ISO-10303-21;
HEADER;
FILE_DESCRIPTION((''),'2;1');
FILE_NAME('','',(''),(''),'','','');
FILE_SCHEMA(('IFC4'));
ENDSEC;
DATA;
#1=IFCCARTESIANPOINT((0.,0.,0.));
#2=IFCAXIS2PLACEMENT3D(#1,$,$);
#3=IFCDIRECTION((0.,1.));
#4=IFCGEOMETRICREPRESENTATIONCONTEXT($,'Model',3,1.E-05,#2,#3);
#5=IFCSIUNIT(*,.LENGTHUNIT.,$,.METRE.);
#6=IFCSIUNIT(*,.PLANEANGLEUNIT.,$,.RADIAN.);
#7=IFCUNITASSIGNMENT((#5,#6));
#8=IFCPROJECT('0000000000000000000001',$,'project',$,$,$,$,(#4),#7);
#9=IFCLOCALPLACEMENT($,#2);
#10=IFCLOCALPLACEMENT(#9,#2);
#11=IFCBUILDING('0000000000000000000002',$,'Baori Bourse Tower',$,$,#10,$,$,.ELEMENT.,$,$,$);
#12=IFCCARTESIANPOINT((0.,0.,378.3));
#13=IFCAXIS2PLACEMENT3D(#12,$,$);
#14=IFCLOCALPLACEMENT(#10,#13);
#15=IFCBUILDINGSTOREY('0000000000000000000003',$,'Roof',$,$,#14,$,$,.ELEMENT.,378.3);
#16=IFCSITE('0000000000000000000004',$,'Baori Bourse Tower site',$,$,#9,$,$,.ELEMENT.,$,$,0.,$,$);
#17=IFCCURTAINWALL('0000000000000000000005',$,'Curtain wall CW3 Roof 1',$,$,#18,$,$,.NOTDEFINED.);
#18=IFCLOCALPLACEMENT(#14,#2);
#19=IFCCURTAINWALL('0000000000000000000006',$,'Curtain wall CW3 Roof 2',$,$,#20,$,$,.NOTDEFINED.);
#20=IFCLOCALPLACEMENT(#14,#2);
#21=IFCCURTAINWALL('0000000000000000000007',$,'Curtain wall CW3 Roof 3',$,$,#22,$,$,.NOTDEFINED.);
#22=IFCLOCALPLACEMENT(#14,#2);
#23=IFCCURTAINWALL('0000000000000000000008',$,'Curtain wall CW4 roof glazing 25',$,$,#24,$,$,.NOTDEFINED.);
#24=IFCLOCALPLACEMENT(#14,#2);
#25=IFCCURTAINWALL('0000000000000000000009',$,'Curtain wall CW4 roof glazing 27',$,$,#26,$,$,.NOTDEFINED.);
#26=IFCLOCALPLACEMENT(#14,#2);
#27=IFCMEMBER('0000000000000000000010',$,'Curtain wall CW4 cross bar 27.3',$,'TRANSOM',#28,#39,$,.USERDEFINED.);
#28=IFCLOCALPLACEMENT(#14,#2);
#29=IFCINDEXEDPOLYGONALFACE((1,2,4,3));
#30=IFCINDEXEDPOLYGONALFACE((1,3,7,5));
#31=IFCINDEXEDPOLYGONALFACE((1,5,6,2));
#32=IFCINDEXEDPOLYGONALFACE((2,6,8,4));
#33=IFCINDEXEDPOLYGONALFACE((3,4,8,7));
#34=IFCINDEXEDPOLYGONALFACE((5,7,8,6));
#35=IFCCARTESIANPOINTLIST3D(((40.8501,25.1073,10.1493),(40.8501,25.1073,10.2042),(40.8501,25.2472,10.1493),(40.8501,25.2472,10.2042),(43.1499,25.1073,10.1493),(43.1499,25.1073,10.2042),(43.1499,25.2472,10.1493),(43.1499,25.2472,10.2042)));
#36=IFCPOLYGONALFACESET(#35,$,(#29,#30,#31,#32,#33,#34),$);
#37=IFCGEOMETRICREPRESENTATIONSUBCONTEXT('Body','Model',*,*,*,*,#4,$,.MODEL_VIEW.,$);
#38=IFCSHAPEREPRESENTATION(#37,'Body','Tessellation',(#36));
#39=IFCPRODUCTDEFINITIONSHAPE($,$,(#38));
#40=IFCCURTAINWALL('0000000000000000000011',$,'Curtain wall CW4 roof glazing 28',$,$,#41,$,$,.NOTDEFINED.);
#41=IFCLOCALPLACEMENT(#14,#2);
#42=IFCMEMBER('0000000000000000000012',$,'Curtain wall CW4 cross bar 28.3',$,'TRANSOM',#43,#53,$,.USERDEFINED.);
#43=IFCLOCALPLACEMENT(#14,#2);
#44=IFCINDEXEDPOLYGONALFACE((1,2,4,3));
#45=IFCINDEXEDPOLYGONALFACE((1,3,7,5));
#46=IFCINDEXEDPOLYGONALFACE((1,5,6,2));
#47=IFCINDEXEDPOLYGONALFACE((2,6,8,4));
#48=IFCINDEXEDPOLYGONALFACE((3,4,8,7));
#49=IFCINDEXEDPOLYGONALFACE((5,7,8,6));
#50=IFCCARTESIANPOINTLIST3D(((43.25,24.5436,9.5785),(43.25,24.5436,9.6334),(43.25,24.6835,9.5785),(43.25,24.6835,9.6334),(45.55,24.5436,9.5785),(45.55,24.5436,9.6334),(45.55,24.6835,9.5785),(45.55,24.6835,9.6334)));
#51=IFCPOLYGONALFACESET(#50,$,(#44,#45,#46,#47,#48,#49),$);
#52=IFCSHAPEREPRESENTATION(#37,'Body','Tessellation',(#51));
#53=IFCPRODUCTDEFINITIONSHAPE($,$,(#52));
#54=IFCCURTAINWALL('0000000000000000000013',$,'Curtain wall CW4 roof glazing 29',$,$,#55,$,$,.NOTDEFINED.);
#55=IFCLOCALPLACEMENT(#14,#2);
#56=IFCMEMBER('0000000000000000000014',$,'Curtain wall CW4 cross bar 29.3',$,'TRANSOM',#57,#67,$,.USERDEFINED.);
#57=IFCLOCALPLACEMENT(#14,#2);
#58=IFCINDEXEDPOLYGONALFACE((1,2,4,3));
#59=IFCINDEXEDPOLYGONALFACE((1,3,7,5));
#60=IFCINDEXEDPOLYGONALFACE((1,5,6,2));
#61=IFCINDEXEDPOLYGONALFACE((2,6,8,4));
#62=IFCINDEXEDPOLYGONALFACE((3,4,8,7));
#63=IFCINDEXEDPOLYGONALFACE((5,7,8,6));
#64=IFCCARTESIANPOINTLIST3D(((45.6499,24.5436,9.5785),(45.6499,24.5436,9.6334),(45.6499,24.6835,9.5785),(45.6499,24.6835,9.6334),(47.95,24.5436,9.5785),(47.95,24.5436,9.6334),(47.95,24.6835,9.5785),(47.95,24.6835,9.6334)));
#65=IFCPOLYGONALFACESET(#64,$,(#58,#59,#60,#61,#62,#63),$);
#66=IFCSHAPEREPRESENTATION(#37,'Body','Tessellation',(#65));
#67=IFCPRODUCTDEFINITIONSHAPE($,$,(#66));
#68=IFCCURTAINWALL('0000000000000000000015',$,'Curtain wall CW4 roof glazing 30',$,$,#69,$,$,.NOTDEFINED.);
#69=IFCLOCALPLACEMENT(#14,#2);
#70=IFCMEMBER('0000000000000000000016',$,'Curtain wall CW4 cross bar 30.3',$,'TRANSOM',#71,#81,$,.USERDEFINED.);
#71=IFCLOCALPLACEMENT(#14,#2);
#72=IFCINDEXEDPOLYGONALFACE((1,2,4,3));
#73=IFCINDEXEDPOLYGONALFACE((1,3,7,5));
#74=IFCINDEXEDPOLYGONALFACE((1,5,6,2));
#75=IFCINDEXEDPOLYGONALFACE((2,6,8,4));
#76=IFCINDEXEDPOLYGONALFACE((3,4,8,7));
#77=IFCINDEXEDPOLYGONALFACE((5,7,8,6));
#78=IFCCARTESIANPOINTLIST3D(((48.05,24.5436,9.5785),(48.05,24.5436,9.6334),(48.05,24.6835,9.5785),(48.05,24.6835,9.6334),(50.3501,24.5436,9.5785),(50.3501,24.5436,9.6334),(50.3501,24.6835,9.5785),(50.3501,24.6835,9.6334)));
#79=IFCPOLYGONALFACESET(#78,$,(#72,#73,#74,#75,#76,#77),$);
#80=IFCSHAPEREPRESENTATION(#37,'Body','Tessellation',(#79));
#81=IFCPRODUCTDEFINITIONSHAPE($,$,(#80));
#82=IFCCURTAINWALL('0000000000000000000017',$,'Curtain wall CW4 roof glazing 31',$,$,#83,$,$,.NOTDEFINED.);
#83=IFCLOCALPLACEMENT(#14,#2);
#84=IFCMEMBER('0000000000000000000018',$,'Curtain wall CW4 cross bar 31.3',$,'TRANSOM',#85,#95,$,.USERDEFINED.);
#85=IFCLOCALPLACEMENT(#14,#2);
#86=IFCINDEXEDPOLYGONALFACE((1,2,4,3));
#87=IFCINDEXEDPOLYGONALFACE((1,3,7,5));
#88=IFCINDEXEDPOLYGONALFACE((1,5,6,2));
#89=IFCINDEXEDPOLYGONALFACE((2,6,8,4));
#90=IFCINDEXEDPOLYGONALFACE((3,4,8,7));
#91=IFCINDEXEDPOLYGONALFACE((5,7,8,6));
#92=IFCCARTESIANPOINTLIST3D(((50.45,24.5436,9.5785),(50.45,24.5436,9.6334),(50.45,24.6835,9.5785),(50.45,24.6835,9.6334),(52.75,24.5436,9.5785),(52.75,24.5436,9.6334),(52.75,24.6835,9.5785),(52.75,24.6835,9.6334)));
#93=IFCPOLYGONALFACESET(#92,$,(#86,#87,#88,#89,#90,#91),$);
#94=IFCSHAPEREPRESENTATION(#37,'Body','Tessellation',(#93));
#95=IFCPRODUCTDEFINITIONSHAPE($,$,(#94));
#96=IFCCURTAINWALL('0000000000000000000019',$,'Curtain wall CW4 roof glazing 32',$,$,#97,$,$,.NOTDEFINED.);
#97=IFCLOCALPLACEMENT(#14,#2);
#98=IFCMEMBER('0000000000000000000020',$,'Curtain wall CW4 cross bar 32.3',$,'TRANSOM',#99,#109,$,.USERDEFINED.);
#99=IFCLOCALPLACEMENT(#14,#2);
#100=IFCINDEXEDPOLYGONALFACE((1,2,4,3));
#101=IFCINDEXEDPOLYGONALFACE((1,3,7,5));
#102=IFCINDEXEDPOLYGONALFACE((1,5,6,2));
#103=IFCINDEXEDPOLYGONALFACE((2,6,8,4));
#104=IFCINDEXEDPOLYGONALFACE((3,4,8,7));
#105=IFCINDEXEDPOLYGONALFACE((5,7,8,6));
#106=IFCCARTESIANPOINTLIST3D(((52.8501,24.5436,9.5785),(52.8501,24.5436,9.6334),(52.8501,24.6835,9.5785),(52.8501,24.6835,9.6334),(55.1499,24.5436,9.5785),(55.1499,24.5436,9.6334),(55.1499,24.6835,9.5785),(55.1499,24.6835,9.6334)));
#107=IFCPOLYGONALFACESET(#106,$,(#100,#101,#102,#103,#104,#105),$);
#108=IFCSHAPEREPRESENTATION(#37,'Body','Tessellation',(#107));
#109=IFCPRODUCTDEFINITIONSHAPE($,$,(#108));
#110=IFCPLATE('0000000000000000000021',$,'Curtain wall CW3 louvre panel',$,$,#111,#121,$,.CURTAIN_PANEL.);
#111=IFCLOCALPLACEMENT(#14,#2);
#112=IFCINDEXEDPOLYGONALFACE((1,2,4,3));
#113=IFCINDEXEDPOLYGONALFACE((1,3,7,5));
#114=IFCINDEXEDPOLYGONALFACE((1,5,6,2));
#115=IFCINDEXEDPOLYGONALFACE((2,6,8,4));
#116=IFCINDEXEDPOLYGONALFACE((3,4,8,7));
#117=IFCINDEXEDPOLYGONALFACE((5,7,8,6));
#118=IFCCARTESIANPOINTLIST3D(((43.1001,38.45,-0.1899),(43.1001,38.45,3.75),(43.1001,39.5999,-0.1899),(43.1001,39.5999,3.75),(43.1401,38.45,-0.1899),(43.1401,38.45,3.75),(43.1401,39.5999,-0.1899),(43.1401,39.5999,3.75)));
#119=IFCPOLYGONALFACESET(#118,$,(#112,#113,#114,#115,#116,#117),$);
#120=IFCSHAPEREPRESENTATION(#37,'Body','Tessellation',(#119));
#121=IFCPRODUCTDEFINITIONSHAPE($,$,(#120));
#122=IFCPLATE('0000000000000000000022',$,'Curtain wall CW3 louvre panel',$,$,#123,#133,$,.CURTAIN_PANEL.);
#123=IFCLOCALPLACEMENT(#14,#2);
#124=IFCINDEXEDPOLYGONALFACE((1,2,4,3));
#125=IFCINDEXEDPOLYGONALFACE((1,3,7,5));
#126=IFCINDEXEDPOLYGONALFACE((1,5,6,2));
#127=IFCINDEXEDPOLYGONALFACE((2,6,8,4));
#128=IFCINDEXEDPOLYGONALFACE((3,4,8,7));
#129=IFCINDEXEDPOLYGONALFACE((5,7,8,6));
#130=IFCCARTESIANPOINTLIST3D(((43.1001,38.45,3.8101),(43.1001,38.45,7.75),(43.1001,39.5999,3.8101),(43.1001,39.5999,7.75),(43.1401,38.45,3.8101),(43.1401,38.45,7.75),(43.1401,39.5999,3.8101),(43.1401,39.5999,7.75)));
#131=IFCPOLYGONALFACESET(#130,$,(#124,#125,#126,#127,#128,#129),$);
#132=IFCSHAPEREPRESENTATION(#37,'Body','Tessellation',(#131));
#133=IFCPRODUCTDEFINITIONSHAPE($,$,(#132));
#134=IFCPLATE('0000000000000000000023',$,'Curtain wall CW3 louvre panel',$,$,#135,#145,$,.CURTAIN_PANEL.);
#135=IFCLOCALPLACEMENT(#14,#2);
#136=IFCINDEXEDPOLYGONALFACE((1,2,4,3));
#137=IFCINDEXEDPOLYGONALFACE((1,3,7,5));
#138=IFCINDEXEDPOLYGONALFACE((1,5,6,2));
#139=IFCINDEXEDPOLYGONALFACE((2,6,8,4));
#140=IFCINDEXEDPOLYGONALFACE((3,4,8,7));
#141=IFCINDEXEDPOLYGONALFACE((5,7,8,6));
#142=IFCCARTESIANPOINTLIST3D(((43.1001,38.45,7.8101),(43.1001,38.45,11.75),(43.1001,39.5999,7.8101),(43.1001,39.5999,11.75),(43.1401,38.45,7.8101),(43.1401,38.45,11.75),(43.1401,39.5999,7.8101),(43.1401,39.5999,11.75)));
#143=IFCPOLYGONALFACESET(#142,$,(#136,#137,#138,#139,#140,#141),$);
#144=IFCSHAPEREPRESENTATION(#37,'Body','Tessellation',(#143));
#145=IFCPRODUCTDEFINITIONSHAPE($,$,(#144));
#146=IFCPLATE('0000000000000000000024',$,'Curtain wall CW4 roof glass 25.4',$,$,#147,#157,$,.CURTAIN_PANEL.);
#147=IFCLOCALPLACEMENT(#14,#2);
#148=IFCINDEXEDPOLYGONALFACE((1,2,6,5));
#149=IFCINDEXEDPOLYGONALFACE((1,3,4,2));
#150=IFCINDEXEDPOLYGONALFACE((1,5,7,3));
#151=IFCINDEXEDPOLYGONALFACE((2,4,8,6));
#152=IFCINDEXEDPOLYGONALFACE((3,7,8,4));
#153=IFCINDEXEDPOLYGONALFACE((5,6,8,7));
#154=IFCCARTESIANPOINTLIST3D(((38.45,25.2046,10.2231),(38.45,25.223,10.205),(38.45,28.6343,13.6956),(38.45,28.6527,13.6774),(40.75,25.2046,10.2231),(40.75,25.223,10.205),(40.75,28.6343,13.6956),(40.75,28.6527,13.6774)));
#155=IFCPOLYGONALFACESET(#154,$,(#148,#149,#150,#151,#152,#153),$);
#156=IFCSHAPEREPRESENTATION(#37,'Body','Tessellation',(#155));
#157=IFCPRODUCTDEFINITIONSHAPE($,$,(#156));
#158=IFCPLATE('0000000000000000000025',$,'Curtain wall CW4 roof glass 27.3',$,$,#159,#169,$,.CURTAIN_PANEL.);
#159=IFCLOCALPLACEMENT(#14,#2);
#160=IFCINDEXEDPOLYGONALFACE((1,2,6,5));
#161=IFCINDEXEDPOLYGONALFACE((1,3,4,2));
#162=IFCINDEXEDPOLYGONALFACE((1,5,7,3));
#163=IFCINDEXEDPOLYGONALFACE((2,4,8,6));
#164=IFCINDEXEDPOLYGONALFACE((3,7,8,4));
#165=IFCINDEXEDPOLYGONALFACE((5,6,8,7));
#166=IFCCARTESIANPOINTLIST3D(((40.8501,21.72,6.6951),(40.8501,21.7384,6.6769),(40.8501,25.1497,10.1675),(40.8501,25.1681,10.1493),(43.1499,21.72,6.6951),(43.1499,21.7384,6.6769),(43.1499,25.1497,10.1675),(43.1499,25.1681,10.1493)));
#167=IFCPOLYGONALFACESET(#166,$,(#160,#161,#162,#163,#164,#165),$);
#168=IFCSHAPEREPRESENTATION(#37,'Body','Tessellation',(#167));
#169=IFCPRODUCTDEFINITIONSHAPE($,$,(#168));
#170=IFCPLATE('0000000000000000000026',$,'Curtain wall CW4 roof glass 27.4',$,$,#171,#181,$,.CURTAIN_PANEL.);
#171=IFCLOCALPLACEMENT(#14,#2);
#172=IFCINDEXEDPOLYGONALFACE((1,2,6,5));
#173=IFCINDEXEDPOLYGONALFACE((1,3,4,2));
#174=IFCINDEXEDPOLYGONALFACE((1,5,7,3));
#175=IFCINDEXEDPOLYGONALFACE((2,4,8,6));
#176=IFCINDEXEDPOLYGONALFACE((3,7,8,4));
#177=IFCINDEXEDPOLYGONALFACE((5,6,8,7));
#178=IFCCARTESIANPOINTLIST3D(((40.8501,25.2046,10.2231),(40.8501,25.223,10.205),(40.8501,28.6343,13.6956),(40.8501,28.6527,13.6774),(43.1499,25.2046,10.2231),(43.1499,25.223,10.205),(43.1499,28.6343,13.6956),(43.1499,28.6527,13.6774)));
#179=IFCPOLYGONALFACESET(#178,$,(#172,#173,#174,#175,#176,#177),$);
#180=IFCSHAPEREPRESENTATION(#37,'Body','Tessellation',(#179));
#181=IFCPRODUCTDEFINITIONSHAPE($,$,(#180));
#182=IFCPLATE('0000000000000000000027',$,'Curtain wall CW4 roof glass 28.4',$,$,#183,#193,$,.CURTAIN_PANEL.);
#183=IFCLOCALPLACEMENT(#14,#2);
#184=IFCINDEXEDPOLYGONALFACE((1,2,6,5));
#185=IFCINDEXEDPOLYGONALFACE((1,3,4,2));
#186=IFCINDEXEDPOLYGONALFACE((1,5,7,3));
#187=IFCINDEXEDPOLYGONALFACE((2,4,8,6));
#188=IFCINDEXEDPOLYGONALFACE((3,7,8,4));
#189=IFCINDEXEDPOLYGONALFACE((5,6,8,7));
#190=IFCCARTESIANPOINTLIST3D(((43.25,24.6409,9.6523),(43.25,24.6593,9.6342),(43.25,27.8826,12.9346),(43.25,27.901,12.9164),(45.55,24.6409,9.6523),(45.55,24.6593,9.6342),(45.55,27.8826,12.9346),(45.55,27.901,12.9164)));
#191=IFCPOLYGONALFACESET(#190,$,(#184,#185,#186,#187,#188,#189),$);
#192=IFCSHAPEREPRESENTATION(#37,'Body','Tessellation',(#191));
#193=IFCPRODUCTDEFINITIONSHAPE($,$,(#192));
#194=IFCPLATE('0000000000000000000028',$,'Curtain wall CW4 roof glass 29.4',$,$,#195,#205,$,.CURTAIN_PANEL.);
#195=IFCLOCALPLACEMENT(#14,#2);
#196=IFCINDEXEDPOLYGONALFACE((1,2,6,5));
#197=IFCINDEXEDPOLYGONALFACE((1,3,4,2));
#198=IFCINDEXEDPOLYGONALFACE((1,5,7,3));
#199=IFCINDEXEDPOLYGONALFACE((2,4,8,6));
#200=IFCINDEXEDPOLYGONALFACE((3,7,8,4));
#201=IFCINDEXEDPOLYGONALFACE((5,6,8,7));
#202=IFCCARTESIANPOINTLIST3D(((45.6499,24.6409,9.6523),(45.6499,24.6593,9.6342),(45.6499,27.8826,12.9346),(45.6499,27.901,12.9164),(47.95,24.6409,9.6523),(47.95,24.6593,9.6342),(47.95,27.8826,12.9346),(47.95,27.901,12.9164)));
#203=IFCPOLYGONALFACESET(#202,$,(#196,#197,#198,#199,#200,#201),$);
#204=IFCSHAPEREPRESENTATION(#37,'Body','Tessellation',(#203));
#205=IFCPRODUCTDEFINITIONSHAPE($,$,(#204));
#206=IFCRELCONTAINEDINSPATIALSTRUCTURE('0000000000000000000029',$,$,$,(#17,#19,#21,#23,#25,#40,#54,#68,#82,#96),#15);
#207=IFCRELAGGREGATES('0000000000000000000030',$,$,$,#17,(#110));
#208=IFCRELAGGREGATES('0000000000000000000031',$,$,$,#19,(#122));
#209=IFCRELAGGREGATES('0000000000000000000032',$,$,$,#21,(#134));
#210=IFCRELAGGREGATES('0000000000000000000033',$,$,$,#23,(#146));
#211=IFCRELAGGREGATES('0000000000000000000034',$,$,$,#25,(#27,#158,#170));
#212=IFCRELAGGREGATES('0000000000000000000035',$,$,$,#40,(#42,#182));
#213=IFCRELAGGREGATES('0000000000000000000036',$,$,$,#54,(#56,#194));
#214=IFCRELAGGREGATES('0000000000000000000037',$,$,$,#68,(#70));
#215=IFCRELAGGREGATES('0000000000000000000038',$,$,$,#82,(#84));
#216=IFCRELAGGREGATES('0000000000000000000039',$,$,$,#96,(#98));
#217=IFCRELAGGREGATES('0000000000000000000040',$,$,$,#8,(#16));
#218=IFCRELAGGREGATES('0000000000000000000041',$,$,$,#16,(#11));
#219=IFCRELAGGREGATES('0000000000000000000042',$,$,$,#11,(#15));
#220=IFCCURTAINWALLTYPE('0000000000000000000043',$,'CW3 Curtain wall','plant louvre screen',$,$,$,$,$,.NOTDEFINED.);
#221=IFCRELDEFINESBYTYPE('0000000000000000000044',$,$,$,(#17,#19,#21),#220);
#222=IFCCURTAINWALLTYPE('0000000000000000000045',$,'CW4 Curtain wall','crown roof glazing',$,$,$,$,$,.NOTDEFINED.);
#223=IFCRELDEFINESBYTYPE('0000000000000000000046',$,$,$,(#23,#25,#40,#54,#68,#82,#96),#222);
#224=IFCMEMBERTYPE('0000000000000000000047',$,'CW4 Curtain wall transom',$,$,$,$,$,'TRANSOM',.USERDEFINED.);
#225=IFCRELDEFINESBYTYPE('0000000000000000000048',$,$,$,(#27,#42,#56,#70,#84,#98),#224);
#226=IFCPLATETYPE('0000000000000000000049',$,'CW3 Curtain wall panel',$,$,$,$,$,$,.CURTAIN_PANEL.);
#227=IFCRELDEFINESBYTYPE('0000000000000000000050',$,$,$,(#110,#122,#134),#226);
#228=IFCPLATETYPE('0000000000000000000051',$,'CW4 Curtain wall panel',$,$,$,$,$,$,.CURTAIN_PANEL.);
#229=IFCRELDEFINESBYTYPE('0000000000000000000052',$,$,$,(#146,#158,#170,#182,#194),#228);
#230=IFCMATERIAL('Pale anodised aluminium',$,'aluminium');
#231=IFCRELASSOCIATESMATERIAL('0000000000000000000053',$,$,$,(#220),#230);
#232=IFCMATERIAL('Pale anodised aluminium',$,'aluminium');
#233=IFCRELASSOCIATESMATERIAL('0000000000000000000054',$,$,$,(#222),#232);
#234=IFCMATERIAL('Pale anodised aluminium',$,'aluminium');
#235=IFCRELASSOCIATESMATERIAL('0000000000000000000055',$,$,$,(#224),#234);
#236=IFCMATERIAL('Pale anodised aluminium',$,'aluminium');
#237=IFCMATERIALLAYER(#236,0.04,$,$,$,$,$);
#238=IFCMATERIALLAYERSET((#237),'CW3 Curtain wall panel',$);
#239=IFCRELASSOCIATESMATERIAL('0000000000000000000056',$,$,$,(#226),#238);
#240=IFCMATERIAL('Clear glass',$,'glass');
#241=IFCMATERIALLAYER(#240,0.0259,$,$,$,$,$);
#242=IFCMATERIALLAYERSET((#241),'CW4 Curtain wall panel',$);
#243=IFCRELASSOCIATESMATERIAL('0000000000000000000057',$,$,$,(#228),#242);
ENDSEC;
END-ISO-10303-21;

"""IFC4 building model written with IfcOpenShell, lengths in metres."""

from ifc_helpers import new_model, si_unit, direction, frame, origin, origin_2d, place, context, subcontext, project, spatial, polyline, rectangle, outline, extrude, material, layer, layer_set, material_profile, profile_set, type_object, element, aggregate, save


model = new_model("IFC4")

# Units and contexts
model_context = context("Model", 3, precision=1e-05, world=origin(), true_north=direction((0.0, 1.0)))
body_context = subcontext(model_context, "Body", "Model", "MODEL_VIEW")
ifc_project = project(units=[si_unit("LENGTHUNIT", "METRE"), si_unit("PLANEANGLEUNIT", "RADIAN")], contexts=[model_context])

# Site, building, storey
site_placement = place(None, origin())
site = spatial("IfcSite", under=ifc_project, at=site_placement, Name="Baori Bourse Tower site", CompositionType="ELEMENT", RefElevation=0.0)
building_placement = place(site_placement, origin())
building = spatial("IfcBuilding", under=site, at=building_placement, Name="Baori Bourse Tower", CompositionType="ELEMENT")
storey_placement = place(building_placement, frame((0.0, 0.0, 378.3)))
storey = spatial("IfcBuildingStorey", under=building, at=storey_placement, Name="Roof", CompositionType="ELEMENT", Elevation=378.3)

# Curtain walls
ifc_material_1 = material(Name="Pale anodised aluminium", Category="aluminium")
curtain_wall_type_1 = type_object("IfcCurtainWallType", Name="CW3 Curtain wall", Description="plant louvre screen", PredefinedType="NOTDEFINED", material=ifc_material_1)
curtain_wall_1_placement = place(storey_placement, origin())
curtain_wall_1 = element("IfcCurtainWall", 1, at=curtain_wall_1_placement, inside=storey, type_object=curtain_wall_type_1, Name="Curtain wall CW3 Roof 1", PredefinedType="NOTDEFINED")
curtain_wall_2_placement = place(storey_placement, origin())
curtain_wall_2 = element("IfcCurtainWall", 2, at=curtain_wall_2_placement, inside=storey, type_object=curtain_wall_type_1, Name="Curtain wall CW3 Roof 2", PredefinedType="NOTDEFINED")
curtain_wall_3_placement = place(storey_placement, origin())
curtain_wall_3 = element("IfcCurtainWall", 3, at=curtain_wall_3_placement, inside=storey, type_object=curtain_wall_type_1, Name="Curtain wall CW3 Roof 3", PredefinedType="NOTDEFINED")

# Curtain walls, members
ifc_material_2 = material(Name="Pale anodised aluminium", Category="aluminium")
curtain_wall_type_2 = type_object("IfcCurtainWallType", Name="CW4 Curtain wall", Description="crown roof glazing", PredefinedType="NOTDEFINED", material=ifc_material_2)
curtain_wall_4_placement = place(storey_placement, origin())
curtain_wall_4 = element("IfcCurtainWall", 4, at=curtain_wall_4_placement, inside=storey, type_object=curtain_wall_type_2, Name="Curtain wall CW4 roof glazing 25", PredefinedType="NOTDEFINED")
ifc_material_3 = material(Name="Pale anodised aluminium", Category="aluminium")
ifc_material_profile_1 = material_profile(ifc_material_3, rectangle(XDim=0.1399, YDim=0.0549, at=origin_2d()), Name="Transom 55x140")
ifc_profile_set_1 = profile_set([ifc_material_profile_1], Name="Pale anodised aluminium")
member_type_1 = type_object("IfcMemberType", Name="CW4 Curtain wall transom", ElementType="TRANSOM", PredefinedType="USERDEFINED", material=ifc_profile_set_1)
curtain_wall_5_placement = place(storey_placement, origin())
curtain_wall_5 = element("IfcCurtainWall", 5, at=curtain_wall_5_placement, inside=storey, type_object=curtain_wall_type_2, Name="Curtain wall CW4 roof glazing 27", PredefinedType="NOTDEFINED")
member_1_placement = place(storey_placement, frame((40.8501, 25.1772, 10.1768), z_axis=(1.0, 0.0, 0.0), x_axis=(0.0, 1.0, 0.0)))
member_1 = element("IfcMember", 6, at=member_1_placement, type_object=member_type_1, Name="Curtain wall CW4 cross bar 27.3", ObjectType="TRANSOM", PredefinedType="USERDEFINED", context=body_context, shape_type="SweptSolid", body=[
    extrude(rectangle(XDim=0.1399, YDim=0.0549, at=origin_2d()), origin(), (0.0, 0.0, 1.0), 2.2998),
])
curtain_wall_6_placement = place(storey_placement, origin())
curtain_wall_6 = element("IfcCurtainWall", 7, at=curtain_wall_6_placement, inside=storey, type_object=curtain_wall_type_2, Name="Curtain wall CW4 roof glazing 28", PredefinedType="NOTDEFINED")
member_2_placement = place(storey_placement, frame((43.25, 24.6135, 9.606), z_axis=(1.0, 0.0, 0.0), x_axis=(0.0, 1.0, 0.0)))
member_2 = element("IfcMember", 8, at=member_2_placement, type_object=member_type_1, Name="Curtain wall CW4 cross bar 28.3", ObjectType="TRANSOM", PredefinedType="USERDEFINED", context=body_context, shape_type="SweptSolid", body=[
    extrude(rectangle(XDim=0.1399, YDim=0.0549, at=origin_2d()), origin(), (0.0, 0.0, 1.0), 2.3),
])
curtain_wall_7_placement = place(storey_placement, origin())
curtain_wall_7 = element("IfcCurtainWall", 9, at=curtain_wall_7_placement, inside=storey, type_object=curtain_wall_type_2, Name="Curtain wall CW4 roof glazing 29", PredefinedType="NOTDEFINED")
member_3_placement = place(storey_placement, frame((45.6499, 24.6135, 9.606), z_axis=(1.0, 0.0, 0.0), x_axis=(0.0, 1.0, 0.0)))
member_3 = element("IfcMember", 10, at=member_3_placement, type_object=member_type_1, Name="Curtain wall CW4 cross bar 29.3", ObjectType="TRANSOM", PredefinedType="USERDEFINED", context=body_context, shape_type="SweptSolid", body=[
    extrude(rectangle(XDim=0.1399, YDim=0.0549, at=origin_2d()), origin(), (0.0, 0.0, 1.0), 2.3),
])
curtain_wall_8_placement = place(storey_placement, origin())
curtain_wall_8 = element("IfcCurtainWall", 11, at=curtain_wall_8_placement, inside=storey, type_object=curtain_wall_type_2, Name="Curtain wall CW4 roof glazing 30", PredefinedType="NOTDEFINED")
member_4_placement = place(storey_placement, frame((48.05, 24.6135, 9.606), z_axis=(1.0, 0.0, 0.0), x_axis=(0.0, 1.0, 0.0)))
member_4 = element("IfcMember", 12, at=member_4_placement, type_object=member_type_1, Name="Curtain wall CW4 cross bar 30.3", ObjectType="TRANSOM", PredefinedType="USERDEFINED", context=body_context, shape_type="SweptSolid", body=[
    extrude(rectangle(XDim=0.1399, YDim=0.0549, at=origin_2d()), origin(), (0.0, 0.0, 1.0), 2.3),
])
curtain_wall_9_placement = place(storey_placement, origin())
curtain_wall_9 = element("IfcCurtainWall", 13, at=curtain_wall_9_placement, inside=storey, type_object=curtain_wall_type_2, Name="Curtain wall CW4 roof glazing 31", PredefinedType="NOTDEFINED")
member_5_placement = place(storey_placement, frame((50.45, 24.6135, 9.606), z_axis=(1.0, 0.0, 0.0), x_axis=(0.0, 1.0, 0.0)))
member_5 = element("IfcMember", 14, at=member_5_placement, type_object=member_type_1, Name="Curtain wall CW4 cross bar 31.3", ObjectType="TRANSOM", PredefinedType="USERDEFINED", context=body_context, shape_type="SweptSolid", body=[
    extrude(rectangle(XDim=0.1399, YDim=0.0549, at=origin_2d()), origin(), (0.0, 0.0, 1.0), 2.3),
])
curtain_wall_10_placement = place(storey_placement, origin())
curtain_wall_10 = element("IfcCurtainWall", 15, at=curtain_wall_10_placement, inside=storey, type_object=curtain_wall_type_2, Name="Curtain wall CW4 roof glazing 32", PredefinedType="NOTDEFINED")
member_6_placement = place(storey_placement, frame((52.8501, 24.6135, 9.606), z_axis=(1.0, 0.0, 0.0), x_axis=(0.0, 1.0, 0.0)))
member_6 = element("IfcMember", 16, at=member_6_placement, type_object=member_type_1, Name="Curtain wall CW4 cross bar 32.3", ObjectType="TRANSOM", PredefinedType="USERDEFINED", context=body_context, shape_type="SweptSolid", body=[
    extrude(rectangle(XDim=0.1399, YDim=0.0549, at=origin_2d()), origin(), (0.0, 0.0, 1.0), 2.2998),
])

# Plates
ifc_material_4 = material(Name="Pale anodised aluminium", Category="aluminium")
ifc_layer_1 = layer(ifc_material_4, 0.04)
ifc_layer_set_1 = layer_set([ifc_layer_1], Name="CW3 Curtain wall panel")
plate_type_1 = type_object("IfcPlateType", Name="CW3 Curtain wall panel", PredefinedType="CURTAIN_PANEL", material=ifc_layer_set_1)
plate_1_placement = place(storey_placement, frame((43.1201, 39.0249, -0.1899), z_axis=(0.0, 0.0, 1.0), x_axis=(0.0, 1.0, 0.0)))
plate_1 = element("IfcPlate", 17, at=plate_1_placement, type_object=plate_type_1, Name="Curtain wall CW3 louvre panel", PredefinedType="CURTAIN_PANEL", context=body_context, shape_type="SweptSolid", body=[
    extrude(rectangle(XDim=1.1499, YDim=0.04, at=origin_2d()), origin(), (0.0, 0.0, 1.0), 3.9399),
])
aggregate(curtain_wall_1, [plate_1])
plate_2_placement = place(storey_placement, frame((43.1201, 39.0249, 3.8101), z_axis=(0.0, 0.0, 1.0), x_axis=(0.0, 1.0, 0.0)))
plate_2 = element("IfcPlate", 18, at=plate_2_placement, type_object=plate_type_1, Name="Curtain wall CW3 louvre panel", PredefinedType="CURTAIN_PANEL", context=body_context, shape_type="SweptSolid", body=[
    extrude(rectangle(XDim=1.1499, YDim=0.04, at=origin_2d()), origin(), (0.0, 0.0, 1.0), 3.9399),
])
aggregate(curtain_wall_2, [plate_2])
plate_3_placement = place(storey_placement, frame((43.1201, 39.0249, 7.8101), z_axis=(0.0, 0.0, 1.0), x_axis=(0.0, 1.0, 0.0)))
plate_3 = element("IfcPlate", 19, at=plate_3_placement, type_object=plate_type_1, Name="Curtain wall CW3 louvre panel", PredefinedType="CURTAIN_PANEL", context=body_context, shape_type="SweptSolid", body=[
    extrude(rectangle(XDim=1.1499, YDim=0.04, at=origin_2d()), origin(), (0.0, 0.0, 1.0), 3.9399),
])
aggregate(curtain_wall_3, [plate_3])
ifc_material_5 = material(Name="Clear glass", Category="glass")
ifc_layer_2 = layer(ifc_material_5, 0.0259)
ifc_layer_set_2 = layer_set([ifc_layer_2], Name="CW4 Curtain wall panel")
plate_type_2 = type_object("IfcPlateType", Name="CW4 Curtain wall panel", PredefinedType="CURTAIN_PANEL", material=ifc_layer_set_2)
plate_4_placement = place(storey_placement, frame((38.45, 25.2046, 10.2231), z_axis=(0.0, -0.71147, 0.702716), x_axis=(1.0, 0.0, 0.0)))
plate_4 = element("IfcPlate", 20, at=plate_4_placement, type_object=plate_type_2, Name="Curtain wall CW4 roof glass 25.4", PredefinedType="CURTAIN_PANEL", context=body_context, shape_type="SweptSolid", body=[
    extrude(outline(polyline([(0.0, 0.0), (2.3, 0.0), (2.3, 4.8806), (0.0, 4.8806), (0.0, 0.0)])), origin(), (0.0, 0.0, -1.0), 0.0259),
])
aggregate(curtain_wall_4, [plate_4])
plate_5_placement = place(storey_placement, frame((40.8501, 21.72, 6.6951), z_axis=(0.0, -0.71147, 0.702716), x_axis=(1.0, 0.0, 0.0)))
plate_5 = element("IfcPlate", 21, at=plate_5_placement, type_object=plate_type_2, Name="Curtain wall CW4 roof glass 27.3", PredefinedType="CURTAIN_PANEL", context=body_context, shape_type="SweptSolid", body=[
    extrude(outline(polyline([(0.0, 0.0), (2.2998, 0.0), (2.2998, 4.8806), (0.0, 4.8806), (0.0, 0.0)])), origin(), (0.0, 0.0, -1.0), 0.0259),
])
plate_6_placement = place(storey_placement, frame((40.8501, 25.2046, 10.2231), z_axis=(0.0, -0.71147, 0.702716), x_axis=(1.0, 0.0, 0.0)))
plate_6 = element("IfcPlate", 22, at=plate_6_placement, type_object=plate_type_2, Name="Curtain wall CW4 roof glass 27.4", PredefinedType="CURTAIN_PANEL", context=body_context, shape_type="SweptSolid", body=[
    extrude(outline(polyline([(0.0, 0.0), (2.2998, 0.0), (2.2998, 4.8806), (0.0, 4.8806), (0.0, 0.0)])), origin(), (0.0, 0.0, -1.0), 0.0259),
])
aggregate(curtain_wall_5, [member_1, plate_5, plate_6])
plate_7_placement = place(storey_placement, frame((43.25, 24.6409, 9.6523), z_axis=(0.0, -0.711486, 0.702701), x_axis=(1.0, 0.0, 0.0)))
plate_7 = element("IfcPlate", 23, at=plate_7_placement, type_object=plate_type_2, Name="Curtain wall CW4 roof glass 28.4", PredefinedType="CURTAIN_PANEL", context=body_context, shape_type="SweptSolid", body=[
    extrude(outline(polyline([(0.0, 0.0), (2.3, 0.0), (2.3, 4.6132), (0.0, 4.6132), (0.0, 0.0)])), origin(), (0.0, 0.0, -1.0), 0.0259),
])
aggregate(curtain_wall_6, [member_2, plate_7])
plate_8_placement = place(storey_placement, frame((45.6499, 24.6409, 9.6523), z_axis=(0.0, -0.711486, 0.702701), x_axis=(1.0, 0.0, 0.0)))
plate_8 = element("IfcPlate", 24, at=plate_8_placement, type_object=plate_type_2, Name="Curtain wall CW4 roof glass 29.4", PredefinedType="CURTAIN_PANEL", context=body_context, shape_type="SweptSolid", body=[
    extrude(outline(polyline([(0.0, 0.0), (2.3, 0.0), (2.3, 4.6132), (0.0, 4.6132), (0.0, 0.0)])), origin(), (0.0, 0.0, -1.0), 0.0259),
])
aggregate(curtain_wall_7, [member_3, plate_8])
aggregate(curtain_wall_8, [member_4])
aggregate(curtain_wall_9, [member_5])
aggregate(curtain_wall_10, [member_6])

save(model, "model.ifc")
